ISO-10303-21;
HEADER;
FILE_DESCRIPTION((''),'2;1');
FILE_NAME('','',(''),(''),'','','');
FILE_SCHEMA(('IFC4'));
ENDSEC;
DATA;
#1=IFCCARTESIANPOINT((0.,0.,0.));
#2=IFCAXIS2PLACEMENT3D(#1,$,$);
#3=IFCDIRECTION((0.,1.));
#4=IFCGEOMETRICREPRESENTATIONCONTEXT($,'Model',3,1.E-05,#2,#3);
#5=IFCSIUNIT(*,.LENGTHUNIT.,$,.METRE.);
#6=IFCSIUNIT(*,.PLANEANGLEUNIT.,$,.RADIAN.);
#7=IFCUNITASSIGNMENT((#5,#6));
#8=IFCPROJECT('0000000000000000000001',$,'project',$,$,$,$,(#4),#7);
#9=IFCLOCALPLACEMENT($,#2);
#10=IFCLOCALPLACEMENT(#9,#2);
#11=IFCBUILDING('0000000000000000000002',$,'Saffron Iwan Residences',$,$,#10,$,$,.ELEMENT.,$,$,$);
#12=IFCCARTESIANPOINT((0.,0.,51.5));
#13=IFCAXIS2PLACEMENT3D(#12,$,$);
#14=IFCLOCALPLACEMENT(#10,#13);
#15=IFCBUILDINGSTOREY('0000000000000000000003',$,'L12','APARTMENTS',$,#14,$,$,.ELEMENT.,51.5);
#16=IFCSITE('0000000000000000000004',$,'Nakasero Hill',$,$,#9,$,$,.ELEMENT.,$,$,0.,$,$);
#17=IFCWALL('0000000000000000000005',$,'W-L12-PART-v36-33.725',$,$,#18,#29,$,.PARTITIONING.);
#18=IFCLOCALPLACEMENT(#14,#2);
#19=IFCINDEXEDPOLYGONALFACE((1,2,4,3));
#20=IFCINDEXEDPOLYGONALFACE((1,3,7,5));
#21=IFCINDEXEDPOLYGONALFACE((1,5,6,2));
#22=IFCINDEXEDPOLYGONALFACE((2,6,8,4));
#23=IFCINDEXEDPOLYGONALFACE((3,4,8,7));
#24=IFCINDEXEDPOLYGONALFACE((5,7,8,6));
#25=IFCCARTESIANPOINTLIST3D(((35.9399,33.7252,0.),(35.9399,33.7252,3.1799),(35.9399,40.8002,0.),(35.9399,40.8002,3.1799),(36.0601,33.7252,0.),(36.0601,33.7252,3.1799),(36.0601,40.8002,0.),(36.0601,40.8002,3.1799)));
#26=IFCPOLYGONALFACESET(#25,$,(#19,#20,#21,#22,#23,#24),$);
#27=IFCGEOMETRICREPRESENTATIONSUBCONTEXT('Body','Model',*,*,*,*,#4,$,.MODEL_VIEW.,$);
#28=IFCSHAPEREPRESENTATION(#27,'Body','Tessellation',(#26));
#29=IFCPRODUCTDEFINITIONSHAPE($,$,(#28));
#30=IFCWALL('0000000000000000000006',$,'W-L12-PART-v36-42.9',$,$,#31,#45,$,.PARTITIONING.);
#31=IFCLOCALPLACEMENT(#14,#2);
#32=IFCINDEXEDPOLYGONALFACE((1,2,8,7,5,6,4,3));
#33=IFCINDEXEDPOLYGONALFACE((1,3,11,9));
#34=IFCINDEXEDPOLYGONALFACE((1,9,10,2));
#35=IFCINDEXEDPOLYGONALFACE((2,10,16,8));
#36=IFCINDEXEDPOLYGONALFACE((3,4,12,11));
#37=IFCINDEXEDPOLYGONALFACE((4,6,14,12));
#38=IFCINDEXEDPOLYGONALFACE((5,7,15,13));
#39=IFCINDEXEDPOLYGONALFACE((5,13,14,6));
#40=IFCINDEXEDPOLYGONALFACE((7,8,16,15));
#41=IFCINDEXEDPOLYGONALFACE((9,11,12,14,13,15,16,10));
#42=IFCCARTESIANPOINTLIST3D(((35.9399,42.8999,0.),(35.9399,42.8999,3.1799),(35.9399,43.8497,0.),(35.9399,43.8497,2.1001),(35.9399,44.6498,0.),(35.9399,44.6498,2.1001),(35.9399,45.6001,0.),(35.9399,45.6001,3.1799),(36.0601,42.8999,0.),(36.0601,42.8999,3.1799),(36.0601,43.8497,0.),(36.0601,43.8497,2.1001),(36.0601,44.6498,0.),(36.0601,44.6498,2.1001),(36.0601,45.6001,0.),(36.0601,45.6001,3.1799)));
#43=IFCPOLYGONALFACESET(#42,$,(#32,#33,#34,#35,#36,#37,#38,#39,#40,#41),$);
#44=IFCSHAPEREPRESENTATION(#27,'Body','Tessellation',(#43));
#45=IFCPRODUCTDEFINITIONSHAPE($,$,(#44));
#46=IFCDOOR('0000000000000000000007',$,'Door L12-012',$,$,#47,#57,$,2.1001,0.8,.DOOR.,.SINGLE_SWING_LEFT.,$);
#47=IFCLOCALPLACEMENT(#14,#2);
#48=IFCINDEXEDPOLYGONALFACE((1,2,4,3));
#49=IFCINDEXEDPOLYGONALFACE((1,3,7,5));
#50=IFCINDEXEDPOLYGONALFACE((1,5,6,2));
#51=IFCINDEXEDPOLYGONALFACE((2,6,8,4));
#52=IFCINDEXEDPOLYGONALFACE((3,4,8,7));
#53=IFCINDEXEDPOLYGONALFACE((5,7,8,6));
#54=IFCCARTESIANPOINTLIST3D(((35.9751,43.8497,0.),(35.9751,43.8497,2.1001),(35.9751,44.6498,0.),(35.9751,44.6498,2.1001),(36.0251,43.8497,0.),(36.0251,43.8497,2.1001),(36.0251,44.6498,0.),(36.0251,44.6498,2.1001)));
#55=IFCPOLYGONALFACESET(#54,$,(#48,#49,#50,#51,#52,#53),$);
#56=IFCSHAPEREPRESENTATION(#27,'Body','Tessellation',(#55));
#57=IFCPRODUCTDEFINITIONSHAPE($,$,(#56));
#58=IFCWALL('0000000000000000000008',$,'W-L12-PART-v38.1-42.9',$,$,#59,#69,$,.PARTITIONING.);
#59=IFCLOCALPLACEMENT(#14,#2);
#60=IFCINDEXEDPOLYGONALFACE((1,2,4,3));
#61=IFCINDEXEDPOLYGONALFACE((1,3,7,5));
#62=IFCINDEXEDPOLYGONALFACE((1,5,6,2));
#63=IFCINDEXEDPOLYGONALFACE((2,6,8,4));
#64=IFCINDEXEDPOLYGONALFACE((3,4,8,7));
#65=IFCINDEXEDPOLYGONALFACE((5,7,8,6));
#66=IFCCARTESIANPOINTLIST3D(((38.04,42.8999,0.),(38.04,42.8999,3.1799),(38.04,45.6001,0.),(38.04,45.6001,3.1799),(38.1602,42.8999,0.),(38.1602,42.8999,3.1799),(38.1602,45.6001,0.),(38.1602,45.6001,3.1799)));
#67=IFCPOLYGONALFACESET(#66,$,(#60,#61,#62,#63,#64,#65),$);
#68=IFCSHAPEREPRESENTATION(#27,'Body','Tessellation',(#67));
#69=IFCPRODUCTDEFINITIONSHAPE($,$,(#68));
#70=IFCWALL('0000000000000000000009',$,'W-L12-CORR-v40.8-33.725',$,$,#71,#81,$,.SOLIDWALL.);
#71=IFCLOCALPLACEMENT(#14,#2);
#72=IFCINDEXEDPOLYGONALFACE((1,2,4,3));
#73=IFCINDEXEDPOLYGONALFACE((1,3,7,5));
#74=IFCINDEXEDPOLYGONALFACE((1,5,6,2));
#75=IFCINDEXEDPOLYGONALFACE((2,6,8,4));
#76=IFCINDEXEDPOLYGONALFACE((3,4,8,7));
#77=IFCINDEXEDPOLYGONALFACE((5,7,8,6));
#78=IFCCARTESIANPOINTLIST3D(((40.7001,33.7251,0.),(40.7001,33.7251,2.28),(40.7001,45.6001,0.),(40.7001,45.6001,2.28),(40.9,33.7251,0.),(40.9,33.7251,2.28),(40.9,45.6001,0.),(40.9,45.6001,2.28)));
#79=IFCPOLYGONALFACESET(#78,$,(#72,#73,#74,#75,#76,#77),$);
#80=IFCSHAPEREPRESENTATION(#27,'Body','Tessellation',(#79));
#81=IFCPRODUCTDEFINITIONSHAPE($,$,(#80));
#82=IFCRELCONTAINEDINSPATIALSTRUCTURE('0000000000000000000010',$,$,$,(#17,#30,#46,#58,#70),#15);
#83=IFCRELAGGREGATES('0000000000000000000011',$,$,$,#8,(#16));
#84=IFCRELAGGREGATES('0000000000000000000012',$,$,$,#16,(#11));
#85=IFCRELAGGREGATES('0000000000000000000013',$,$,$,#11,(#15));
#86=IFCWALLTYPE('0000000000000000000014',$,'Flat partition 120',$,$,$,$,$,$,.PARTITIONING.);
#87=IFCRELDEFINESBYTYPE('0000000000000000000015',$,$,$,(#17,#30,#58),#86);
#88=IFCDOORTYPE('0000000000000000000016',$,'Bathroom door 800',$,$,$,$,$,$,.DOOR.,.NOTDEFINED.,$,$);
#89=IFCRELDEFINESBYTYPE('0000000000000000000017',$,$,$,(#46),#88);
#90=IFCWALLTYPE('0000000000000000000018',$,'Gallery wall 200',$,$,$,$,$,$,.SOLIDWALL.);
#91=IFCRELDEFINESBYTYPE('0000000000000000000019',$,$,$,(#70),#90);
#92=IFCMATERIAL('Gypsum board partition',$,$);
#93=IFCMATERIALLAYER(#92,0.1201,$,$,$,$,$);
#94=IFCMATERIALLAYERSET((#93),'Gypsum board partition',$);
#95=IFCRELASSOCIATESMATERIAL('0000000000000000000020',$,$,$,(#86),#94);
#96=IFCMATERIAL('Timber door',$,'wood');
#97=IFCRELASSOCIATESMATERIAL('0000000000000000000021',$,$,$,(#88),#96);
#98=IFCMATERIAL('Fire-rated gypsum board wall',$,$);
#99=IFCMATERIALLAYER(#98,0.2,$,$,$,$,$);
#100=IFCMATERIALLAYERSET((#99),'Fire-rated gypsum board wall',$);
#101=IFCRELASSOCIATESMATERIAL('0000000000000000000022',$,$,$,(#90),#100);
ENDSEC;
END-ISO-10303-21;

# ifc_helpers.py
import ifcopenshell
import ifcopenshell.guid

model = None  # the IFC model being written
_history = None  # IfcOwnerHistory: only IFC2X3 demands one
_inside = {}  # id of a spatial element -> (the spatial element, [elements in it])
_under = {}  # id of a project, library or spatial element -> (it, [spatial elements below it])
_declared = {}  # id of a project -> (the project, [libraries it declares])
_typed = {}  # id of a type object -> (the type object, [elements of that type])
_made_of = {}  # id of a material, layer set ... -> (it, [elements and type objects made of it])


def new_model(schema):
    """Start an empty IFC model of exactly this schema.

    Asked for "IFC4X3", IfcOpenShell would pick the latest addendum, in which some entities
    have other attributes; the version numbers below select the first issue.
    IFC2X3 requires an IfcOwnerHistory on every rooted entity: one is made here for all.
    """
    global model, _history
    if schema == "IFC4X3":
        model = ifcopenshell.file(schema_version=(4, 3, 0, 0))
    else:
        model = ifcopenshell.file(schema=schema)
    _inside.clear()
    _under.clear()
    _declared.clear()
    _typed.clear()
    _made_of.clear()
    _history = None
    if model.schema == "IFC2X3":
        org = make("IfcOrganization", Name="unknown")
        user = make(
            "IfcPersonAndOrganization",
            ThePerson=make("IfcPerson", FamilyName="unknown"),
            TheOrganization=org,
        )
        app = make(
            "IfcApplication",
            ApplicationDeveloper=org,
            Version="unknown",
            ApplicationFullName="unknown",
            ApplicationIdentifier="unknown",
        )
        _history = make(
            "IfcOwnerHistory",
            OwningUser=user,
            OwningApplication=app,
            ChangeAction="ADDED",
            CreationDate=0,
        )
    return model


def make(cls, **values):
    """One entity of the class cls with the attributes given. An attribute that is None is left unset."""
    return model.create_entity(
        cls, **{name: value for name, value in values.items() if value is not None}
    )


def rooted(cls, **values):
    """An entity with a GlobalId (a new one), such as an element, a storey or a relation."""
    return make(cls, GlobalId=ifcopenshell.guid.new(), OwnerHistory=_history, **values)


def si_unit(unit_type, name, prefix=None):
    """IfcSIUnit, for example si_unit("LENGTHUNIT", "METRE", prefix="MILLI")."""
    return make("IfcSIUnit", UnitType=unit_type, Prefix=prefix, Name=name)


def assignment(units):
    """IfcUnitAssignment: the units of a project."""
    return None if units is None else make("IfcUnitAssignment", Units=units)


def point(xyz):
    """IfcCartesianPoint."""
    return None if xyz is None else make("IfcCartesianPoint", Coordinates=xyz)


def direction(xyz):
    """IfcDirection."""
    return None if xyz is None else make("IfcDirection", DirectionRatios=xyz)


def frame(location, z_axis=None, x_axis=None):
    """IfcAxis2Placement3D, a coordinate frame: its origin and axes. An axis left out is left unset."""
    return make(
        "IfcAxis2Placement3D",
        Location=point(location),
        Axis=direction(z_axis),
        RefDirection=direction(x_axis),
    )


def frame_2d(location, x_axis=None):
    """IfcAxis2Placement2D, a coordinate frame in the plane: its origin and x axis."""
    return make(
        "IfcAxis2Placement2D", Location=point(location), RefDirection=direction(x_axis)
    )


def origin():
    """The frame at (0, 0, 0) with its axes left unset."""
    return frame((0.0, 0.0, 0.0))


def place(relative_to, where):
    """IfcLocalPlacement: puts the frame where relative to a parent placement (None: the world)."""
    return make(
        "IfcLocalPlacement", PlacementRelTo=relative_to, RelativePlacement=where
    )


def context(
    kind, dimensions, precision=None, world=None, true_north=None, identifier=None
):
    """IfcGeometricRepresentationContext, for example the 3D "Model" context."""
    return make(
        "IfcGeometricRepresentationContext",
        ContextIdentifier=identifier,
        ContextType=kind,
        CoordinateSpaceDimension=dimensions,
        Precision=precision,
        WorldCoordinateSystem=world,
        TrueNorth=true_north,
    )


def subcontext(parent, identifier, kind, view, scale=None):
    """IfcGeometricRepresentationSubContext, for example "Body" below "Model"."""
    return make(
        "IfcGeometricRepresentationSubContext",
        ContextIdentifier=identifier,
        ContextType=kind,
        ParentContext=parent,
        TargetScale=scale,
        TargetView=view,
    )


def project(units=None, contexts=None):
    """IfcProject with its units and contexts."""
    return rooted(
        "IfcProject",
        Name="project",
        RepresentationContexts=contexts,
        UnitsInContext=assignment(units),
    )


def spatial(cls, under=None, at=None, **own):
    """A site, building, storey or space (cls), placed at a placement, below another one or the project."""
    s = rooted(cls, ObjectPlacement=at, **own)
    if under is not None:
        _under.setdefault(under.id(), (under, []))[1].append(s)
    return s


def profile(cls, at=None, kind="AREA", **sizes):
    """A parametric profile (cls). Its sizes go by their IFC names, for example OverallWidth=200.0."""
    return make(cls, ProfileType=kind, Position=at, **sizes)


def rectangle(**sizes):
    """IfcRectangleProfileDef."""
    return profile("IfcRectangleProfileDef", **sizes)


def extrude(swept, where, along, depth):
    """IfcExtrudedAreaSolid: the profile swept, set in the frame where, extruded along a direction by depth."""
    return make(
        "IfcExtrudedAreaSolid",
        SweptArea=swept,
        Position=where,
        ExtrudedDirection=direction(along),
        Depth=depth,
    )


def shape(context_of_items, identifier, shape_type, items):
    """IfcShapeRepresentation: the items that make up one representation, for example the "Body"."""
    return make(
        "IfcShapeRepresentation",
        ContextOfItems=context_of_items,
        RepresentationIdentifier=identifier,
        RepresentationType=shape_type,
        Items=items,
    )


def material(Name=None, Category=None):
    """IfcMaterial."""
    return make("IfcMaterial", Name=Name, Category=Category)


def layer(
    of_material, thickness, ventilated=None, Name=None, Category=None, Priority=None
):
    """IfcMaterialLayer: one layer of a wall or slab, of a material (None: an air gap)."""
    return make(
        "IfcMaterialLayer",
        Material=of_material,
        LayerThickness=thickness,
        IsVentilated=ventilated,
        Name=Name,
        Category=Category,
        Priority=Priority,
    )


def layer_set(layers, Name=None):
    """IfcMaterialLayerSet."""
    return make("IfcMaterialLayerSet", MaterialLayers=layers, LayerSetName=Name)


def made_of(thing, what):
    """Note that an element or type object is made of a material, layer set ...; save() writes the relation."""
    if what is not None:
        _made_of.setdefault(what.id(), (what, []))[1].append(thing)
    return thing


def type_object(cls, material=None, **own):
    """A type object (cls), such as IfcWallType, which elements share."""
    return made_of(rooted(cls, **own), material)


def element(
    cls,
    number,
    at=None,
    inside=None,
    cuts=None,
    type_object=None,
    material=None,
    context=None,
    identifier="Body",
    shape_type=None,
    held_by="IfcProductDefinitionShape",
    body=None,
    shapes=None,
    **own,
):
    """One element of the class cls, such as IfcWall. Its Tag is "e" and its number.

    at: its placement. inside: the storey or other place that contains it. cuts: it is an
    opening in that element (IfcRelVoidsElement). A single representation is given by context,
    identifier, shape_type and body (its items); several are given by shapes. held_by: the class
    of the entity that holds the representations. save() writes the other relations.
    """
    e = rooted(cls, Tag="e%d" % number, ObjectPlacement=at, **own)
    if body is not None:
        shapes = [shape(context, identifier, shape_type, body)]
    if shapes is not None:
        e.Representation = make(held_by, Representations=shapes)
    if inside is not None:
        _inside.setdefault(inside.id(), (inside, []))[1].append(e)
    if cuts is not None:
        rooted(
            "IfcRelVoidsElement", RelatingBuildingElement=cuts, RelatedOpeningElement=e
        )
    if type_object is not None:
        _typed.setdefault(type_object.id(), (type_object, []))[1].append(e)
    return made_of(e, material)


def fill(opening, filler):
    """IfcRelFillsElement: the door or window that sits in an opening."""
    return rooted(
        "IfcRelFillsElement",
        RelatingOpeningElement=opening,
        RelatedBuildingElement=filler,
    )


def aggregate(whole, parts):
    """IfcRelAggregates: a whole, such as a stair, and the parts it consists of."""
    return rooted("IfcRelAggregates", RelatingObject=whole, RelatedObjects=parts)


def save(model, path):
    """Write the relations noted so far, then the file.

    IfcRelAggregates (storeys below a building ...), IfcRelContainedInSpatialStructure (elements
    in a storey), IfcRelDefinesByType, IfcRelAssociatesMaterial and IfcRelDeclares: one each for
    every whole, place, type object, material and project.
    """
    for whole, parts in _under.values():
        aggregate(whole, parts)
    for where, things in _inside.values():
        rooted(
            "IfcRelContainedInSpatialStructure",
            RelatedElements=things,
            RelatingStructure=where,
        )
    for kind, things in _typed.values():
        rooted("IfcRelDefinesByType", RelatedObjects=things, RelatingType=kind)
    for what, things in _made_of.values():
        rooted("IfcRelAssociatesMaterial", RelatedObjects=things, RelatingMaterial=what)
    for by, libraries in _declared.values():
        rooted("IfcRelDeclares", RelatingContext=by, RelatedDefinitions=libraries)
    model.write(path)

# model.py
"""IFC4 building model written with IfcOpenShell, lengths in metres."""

from ifc_helpers import new_model, si_unit, direction, frame, frame_2d, origin, place, context, subcontext, project, spatial, rectangle, extrude, material, layer, layer_set, type_object, element, fill, save


model = new_model("IFC4")

# Units and contexts
model_context = context("Model", 3, precision=1e-05, world=origin(), true_north=direction((0.0, 1.0)))
body_context = subcontext(model_context, "Body", "Model", "MODEL_VIEW")
ifc_project = project(units=[si_unit("LENGTHUNIT", "METRE"), si_unit("PLANEANGLEUNIT", "RADIAN")], contexts=[model_context])

# Site, building, storey
site_placement = place(None, origin())
site = spatial("IfcSite", under=ifc_project, at=site_placement, Name="Nakasero Hill", CompositionType="ELEMENT", RefElevation=0.0)
building_placement = place(site_placement, origin())
building = spatial("IfcBuilding", under=site, at=building_placement, Name="Saffron Iwan Residences", CompositionType="ELEMENT")
storey_placement = place(building_placement, frame((0.0, 0.0, 51.5)))
storey = spatial("IfcBuildingStorey", under=building, at=storey_placement, Name="L12", Description="APARTMENTS", CompositionType="ELEMENT", Elevation=51.5)

# Shared definitions
ifc_material_1 = material(Name="Gypsum board partition")
ifc_layer_1 = layer(ifc_material_1, 0.1201)
ifc_layer_set_1 = layer_set([ifc_layer_1], Name="Gypsum board partition")
wall_type_1 = type_object("IfcWallType", Name="Flat partition 120", PredefinedType="PARTITIONING", material=ifc_layer_set_1)
ifc_material_2 = material(Name="Timber door", Category="wood")
door_type = type_object("IfcDoorType", Name="Bathroom door 800", OperationType="NOTDEFINED", PredefinedType="DOOR", material=ifc_material_2)

# Wall
wall_1_placement = place(storey_placement, frame((36.0, 33.7251, 0.0), z_axis=(0.0, 0.0, 1.0), x_axis=(0.0, 1.0, 0.0)))
element("IfcWall", 1, at=wall_1_placement, inside=storey, type_object=wall_type_1, Name="W-L12-PART-v36-33.725", PredefinedType="PARTITIONING", context=body_context, shape_type="SweptSolid", body=[
    extrude(rectangle(XDim=7.075, YDim=0.1201, at=frame_2d((3.5376, 0.0))), origin(), (0.0, 0.0, 1.0), 3.1799),
])

# Wall, opening, door
wall_2_placement = place(storey_placement, frame((36.0, 42.8999, 0.0), z_axis=(0.0, 0.0, 1.0), x_axis=(0.0, 1.0, 0.0)))
wall_2 = element("IfcWall", 2, at=wall_2_placement, inside=storey, type_object=wall_type_1, Name="W-L12-PART-v36-42.9", PredefinedType="PARTITIONING", context=body_context, shape_type="SweptSolid", body=[
    extrude(rectangle(XDim=2.7002, YDim=0.1201, at=frame_2d((1.3501, 0.0))), origin(), (0.0, 0.0, 1.0), 3.1799),
])
opening_1_placement = place(wall_2_placement, frame((0.95, 0.0, 0.0)))
opening_1 = element("IfcOpeningElement", 3, at=opening_1_placement, cuts=wall_2, PredefinedType="OPENING", context=body_context, shape_type="SweptSolid", body=[
    extrude(rectangle(XDim=0.8, YDim=2.1001, at=frame_2d((0.3999, 1.05))), frame((0.0, 0.0701, 0.0), z_axis=(0.0, -1.0, 0.0), x_axis=(1.0, 0.0, 0.0)), (0.0, 0.0, 1.0), 0.1401),
])
door_1_placement = place(opening_1_placement, origin())
door_1 = element("IfcDoor", 4, at=door_1_placement, inside=storey, type_object=door_type, Name="Door L12-012", OperationType="SINGLE_SWING_LEFT", OverallHeight=2.1001, OverallWidth=0.8, PredefinedType="DOOR", context=body_context, shape_type="SweptSolid", body=[
    extrude(rectangle(XDim=0.8, YDim=2.1001, at=frame_2d((0.3999, 1.05))), frame((0.0, 0.0249, 0.0), z_axis=(0.0, -1.0, 0.0), x_axis=(1.0, 0.0, 0.0)), (0.0, 0.0, 1.0), 0.05),
])
fill(opening_1, door_1)

# Walls
wall_3_placement = place(storey_placement, frame((38.1001, 42.8999, 0.0), z_axis=(0.0, 0.0, 1.0), x_axis=(0.0, 1.0, 0.0)))
element("IfcWall", 5, at=wall_3_placement, inside=storey, type_object=wall_type_1, Name="W-L12-PART-v38.1-42.9", PredefinedType="PARTITIONING", context=body_context, shape_type="SweptSolid", body=[
    extrude(rectangle(XDim=2.7002, YDim=0.1201, at=frame_2d((1.3501, 0.0))), origin(), (0.0, 0.0, 1.0), 3.1799),
])
ifc_material_3 = material(Name="Fire-rated gypsum board wall")
ifc_layer_2 = layer(ifc_material_3, 0.2)
ifc_layer_set_2 = layer_set([ifc_layer_2], Name="Fire-rated gypsum board wall")
wall_type_2 = type_object("IfcWallType", Name="Gallery wall 200", PredefinedType="SOLIDWALL", material=ifc_layer_set_2)
wall_4_placement = place(storey_placement, frame((40.8, 33.7251, 0.0), z_axis=(0.0, 0.0, 1.0), x_axis=(0.0, 1.0, 0.0)))
element("IfcWall", 6, at=wall_4_placement, inside=storey, type_object=wall_type_2, Name="W-L12-CORR-v40.8-33.725", PredefinedType="SOLIDWALL", context=body_context, shape_type="SweptSolid", body=[
    extrude(rectangle(XDim=11.875, YDim=0.2, at=frame_2d((5.9375, 0.0))), origin(), (0.0, 0.0, 1.0), 2.28),
])

save(model, "model.ifc")
